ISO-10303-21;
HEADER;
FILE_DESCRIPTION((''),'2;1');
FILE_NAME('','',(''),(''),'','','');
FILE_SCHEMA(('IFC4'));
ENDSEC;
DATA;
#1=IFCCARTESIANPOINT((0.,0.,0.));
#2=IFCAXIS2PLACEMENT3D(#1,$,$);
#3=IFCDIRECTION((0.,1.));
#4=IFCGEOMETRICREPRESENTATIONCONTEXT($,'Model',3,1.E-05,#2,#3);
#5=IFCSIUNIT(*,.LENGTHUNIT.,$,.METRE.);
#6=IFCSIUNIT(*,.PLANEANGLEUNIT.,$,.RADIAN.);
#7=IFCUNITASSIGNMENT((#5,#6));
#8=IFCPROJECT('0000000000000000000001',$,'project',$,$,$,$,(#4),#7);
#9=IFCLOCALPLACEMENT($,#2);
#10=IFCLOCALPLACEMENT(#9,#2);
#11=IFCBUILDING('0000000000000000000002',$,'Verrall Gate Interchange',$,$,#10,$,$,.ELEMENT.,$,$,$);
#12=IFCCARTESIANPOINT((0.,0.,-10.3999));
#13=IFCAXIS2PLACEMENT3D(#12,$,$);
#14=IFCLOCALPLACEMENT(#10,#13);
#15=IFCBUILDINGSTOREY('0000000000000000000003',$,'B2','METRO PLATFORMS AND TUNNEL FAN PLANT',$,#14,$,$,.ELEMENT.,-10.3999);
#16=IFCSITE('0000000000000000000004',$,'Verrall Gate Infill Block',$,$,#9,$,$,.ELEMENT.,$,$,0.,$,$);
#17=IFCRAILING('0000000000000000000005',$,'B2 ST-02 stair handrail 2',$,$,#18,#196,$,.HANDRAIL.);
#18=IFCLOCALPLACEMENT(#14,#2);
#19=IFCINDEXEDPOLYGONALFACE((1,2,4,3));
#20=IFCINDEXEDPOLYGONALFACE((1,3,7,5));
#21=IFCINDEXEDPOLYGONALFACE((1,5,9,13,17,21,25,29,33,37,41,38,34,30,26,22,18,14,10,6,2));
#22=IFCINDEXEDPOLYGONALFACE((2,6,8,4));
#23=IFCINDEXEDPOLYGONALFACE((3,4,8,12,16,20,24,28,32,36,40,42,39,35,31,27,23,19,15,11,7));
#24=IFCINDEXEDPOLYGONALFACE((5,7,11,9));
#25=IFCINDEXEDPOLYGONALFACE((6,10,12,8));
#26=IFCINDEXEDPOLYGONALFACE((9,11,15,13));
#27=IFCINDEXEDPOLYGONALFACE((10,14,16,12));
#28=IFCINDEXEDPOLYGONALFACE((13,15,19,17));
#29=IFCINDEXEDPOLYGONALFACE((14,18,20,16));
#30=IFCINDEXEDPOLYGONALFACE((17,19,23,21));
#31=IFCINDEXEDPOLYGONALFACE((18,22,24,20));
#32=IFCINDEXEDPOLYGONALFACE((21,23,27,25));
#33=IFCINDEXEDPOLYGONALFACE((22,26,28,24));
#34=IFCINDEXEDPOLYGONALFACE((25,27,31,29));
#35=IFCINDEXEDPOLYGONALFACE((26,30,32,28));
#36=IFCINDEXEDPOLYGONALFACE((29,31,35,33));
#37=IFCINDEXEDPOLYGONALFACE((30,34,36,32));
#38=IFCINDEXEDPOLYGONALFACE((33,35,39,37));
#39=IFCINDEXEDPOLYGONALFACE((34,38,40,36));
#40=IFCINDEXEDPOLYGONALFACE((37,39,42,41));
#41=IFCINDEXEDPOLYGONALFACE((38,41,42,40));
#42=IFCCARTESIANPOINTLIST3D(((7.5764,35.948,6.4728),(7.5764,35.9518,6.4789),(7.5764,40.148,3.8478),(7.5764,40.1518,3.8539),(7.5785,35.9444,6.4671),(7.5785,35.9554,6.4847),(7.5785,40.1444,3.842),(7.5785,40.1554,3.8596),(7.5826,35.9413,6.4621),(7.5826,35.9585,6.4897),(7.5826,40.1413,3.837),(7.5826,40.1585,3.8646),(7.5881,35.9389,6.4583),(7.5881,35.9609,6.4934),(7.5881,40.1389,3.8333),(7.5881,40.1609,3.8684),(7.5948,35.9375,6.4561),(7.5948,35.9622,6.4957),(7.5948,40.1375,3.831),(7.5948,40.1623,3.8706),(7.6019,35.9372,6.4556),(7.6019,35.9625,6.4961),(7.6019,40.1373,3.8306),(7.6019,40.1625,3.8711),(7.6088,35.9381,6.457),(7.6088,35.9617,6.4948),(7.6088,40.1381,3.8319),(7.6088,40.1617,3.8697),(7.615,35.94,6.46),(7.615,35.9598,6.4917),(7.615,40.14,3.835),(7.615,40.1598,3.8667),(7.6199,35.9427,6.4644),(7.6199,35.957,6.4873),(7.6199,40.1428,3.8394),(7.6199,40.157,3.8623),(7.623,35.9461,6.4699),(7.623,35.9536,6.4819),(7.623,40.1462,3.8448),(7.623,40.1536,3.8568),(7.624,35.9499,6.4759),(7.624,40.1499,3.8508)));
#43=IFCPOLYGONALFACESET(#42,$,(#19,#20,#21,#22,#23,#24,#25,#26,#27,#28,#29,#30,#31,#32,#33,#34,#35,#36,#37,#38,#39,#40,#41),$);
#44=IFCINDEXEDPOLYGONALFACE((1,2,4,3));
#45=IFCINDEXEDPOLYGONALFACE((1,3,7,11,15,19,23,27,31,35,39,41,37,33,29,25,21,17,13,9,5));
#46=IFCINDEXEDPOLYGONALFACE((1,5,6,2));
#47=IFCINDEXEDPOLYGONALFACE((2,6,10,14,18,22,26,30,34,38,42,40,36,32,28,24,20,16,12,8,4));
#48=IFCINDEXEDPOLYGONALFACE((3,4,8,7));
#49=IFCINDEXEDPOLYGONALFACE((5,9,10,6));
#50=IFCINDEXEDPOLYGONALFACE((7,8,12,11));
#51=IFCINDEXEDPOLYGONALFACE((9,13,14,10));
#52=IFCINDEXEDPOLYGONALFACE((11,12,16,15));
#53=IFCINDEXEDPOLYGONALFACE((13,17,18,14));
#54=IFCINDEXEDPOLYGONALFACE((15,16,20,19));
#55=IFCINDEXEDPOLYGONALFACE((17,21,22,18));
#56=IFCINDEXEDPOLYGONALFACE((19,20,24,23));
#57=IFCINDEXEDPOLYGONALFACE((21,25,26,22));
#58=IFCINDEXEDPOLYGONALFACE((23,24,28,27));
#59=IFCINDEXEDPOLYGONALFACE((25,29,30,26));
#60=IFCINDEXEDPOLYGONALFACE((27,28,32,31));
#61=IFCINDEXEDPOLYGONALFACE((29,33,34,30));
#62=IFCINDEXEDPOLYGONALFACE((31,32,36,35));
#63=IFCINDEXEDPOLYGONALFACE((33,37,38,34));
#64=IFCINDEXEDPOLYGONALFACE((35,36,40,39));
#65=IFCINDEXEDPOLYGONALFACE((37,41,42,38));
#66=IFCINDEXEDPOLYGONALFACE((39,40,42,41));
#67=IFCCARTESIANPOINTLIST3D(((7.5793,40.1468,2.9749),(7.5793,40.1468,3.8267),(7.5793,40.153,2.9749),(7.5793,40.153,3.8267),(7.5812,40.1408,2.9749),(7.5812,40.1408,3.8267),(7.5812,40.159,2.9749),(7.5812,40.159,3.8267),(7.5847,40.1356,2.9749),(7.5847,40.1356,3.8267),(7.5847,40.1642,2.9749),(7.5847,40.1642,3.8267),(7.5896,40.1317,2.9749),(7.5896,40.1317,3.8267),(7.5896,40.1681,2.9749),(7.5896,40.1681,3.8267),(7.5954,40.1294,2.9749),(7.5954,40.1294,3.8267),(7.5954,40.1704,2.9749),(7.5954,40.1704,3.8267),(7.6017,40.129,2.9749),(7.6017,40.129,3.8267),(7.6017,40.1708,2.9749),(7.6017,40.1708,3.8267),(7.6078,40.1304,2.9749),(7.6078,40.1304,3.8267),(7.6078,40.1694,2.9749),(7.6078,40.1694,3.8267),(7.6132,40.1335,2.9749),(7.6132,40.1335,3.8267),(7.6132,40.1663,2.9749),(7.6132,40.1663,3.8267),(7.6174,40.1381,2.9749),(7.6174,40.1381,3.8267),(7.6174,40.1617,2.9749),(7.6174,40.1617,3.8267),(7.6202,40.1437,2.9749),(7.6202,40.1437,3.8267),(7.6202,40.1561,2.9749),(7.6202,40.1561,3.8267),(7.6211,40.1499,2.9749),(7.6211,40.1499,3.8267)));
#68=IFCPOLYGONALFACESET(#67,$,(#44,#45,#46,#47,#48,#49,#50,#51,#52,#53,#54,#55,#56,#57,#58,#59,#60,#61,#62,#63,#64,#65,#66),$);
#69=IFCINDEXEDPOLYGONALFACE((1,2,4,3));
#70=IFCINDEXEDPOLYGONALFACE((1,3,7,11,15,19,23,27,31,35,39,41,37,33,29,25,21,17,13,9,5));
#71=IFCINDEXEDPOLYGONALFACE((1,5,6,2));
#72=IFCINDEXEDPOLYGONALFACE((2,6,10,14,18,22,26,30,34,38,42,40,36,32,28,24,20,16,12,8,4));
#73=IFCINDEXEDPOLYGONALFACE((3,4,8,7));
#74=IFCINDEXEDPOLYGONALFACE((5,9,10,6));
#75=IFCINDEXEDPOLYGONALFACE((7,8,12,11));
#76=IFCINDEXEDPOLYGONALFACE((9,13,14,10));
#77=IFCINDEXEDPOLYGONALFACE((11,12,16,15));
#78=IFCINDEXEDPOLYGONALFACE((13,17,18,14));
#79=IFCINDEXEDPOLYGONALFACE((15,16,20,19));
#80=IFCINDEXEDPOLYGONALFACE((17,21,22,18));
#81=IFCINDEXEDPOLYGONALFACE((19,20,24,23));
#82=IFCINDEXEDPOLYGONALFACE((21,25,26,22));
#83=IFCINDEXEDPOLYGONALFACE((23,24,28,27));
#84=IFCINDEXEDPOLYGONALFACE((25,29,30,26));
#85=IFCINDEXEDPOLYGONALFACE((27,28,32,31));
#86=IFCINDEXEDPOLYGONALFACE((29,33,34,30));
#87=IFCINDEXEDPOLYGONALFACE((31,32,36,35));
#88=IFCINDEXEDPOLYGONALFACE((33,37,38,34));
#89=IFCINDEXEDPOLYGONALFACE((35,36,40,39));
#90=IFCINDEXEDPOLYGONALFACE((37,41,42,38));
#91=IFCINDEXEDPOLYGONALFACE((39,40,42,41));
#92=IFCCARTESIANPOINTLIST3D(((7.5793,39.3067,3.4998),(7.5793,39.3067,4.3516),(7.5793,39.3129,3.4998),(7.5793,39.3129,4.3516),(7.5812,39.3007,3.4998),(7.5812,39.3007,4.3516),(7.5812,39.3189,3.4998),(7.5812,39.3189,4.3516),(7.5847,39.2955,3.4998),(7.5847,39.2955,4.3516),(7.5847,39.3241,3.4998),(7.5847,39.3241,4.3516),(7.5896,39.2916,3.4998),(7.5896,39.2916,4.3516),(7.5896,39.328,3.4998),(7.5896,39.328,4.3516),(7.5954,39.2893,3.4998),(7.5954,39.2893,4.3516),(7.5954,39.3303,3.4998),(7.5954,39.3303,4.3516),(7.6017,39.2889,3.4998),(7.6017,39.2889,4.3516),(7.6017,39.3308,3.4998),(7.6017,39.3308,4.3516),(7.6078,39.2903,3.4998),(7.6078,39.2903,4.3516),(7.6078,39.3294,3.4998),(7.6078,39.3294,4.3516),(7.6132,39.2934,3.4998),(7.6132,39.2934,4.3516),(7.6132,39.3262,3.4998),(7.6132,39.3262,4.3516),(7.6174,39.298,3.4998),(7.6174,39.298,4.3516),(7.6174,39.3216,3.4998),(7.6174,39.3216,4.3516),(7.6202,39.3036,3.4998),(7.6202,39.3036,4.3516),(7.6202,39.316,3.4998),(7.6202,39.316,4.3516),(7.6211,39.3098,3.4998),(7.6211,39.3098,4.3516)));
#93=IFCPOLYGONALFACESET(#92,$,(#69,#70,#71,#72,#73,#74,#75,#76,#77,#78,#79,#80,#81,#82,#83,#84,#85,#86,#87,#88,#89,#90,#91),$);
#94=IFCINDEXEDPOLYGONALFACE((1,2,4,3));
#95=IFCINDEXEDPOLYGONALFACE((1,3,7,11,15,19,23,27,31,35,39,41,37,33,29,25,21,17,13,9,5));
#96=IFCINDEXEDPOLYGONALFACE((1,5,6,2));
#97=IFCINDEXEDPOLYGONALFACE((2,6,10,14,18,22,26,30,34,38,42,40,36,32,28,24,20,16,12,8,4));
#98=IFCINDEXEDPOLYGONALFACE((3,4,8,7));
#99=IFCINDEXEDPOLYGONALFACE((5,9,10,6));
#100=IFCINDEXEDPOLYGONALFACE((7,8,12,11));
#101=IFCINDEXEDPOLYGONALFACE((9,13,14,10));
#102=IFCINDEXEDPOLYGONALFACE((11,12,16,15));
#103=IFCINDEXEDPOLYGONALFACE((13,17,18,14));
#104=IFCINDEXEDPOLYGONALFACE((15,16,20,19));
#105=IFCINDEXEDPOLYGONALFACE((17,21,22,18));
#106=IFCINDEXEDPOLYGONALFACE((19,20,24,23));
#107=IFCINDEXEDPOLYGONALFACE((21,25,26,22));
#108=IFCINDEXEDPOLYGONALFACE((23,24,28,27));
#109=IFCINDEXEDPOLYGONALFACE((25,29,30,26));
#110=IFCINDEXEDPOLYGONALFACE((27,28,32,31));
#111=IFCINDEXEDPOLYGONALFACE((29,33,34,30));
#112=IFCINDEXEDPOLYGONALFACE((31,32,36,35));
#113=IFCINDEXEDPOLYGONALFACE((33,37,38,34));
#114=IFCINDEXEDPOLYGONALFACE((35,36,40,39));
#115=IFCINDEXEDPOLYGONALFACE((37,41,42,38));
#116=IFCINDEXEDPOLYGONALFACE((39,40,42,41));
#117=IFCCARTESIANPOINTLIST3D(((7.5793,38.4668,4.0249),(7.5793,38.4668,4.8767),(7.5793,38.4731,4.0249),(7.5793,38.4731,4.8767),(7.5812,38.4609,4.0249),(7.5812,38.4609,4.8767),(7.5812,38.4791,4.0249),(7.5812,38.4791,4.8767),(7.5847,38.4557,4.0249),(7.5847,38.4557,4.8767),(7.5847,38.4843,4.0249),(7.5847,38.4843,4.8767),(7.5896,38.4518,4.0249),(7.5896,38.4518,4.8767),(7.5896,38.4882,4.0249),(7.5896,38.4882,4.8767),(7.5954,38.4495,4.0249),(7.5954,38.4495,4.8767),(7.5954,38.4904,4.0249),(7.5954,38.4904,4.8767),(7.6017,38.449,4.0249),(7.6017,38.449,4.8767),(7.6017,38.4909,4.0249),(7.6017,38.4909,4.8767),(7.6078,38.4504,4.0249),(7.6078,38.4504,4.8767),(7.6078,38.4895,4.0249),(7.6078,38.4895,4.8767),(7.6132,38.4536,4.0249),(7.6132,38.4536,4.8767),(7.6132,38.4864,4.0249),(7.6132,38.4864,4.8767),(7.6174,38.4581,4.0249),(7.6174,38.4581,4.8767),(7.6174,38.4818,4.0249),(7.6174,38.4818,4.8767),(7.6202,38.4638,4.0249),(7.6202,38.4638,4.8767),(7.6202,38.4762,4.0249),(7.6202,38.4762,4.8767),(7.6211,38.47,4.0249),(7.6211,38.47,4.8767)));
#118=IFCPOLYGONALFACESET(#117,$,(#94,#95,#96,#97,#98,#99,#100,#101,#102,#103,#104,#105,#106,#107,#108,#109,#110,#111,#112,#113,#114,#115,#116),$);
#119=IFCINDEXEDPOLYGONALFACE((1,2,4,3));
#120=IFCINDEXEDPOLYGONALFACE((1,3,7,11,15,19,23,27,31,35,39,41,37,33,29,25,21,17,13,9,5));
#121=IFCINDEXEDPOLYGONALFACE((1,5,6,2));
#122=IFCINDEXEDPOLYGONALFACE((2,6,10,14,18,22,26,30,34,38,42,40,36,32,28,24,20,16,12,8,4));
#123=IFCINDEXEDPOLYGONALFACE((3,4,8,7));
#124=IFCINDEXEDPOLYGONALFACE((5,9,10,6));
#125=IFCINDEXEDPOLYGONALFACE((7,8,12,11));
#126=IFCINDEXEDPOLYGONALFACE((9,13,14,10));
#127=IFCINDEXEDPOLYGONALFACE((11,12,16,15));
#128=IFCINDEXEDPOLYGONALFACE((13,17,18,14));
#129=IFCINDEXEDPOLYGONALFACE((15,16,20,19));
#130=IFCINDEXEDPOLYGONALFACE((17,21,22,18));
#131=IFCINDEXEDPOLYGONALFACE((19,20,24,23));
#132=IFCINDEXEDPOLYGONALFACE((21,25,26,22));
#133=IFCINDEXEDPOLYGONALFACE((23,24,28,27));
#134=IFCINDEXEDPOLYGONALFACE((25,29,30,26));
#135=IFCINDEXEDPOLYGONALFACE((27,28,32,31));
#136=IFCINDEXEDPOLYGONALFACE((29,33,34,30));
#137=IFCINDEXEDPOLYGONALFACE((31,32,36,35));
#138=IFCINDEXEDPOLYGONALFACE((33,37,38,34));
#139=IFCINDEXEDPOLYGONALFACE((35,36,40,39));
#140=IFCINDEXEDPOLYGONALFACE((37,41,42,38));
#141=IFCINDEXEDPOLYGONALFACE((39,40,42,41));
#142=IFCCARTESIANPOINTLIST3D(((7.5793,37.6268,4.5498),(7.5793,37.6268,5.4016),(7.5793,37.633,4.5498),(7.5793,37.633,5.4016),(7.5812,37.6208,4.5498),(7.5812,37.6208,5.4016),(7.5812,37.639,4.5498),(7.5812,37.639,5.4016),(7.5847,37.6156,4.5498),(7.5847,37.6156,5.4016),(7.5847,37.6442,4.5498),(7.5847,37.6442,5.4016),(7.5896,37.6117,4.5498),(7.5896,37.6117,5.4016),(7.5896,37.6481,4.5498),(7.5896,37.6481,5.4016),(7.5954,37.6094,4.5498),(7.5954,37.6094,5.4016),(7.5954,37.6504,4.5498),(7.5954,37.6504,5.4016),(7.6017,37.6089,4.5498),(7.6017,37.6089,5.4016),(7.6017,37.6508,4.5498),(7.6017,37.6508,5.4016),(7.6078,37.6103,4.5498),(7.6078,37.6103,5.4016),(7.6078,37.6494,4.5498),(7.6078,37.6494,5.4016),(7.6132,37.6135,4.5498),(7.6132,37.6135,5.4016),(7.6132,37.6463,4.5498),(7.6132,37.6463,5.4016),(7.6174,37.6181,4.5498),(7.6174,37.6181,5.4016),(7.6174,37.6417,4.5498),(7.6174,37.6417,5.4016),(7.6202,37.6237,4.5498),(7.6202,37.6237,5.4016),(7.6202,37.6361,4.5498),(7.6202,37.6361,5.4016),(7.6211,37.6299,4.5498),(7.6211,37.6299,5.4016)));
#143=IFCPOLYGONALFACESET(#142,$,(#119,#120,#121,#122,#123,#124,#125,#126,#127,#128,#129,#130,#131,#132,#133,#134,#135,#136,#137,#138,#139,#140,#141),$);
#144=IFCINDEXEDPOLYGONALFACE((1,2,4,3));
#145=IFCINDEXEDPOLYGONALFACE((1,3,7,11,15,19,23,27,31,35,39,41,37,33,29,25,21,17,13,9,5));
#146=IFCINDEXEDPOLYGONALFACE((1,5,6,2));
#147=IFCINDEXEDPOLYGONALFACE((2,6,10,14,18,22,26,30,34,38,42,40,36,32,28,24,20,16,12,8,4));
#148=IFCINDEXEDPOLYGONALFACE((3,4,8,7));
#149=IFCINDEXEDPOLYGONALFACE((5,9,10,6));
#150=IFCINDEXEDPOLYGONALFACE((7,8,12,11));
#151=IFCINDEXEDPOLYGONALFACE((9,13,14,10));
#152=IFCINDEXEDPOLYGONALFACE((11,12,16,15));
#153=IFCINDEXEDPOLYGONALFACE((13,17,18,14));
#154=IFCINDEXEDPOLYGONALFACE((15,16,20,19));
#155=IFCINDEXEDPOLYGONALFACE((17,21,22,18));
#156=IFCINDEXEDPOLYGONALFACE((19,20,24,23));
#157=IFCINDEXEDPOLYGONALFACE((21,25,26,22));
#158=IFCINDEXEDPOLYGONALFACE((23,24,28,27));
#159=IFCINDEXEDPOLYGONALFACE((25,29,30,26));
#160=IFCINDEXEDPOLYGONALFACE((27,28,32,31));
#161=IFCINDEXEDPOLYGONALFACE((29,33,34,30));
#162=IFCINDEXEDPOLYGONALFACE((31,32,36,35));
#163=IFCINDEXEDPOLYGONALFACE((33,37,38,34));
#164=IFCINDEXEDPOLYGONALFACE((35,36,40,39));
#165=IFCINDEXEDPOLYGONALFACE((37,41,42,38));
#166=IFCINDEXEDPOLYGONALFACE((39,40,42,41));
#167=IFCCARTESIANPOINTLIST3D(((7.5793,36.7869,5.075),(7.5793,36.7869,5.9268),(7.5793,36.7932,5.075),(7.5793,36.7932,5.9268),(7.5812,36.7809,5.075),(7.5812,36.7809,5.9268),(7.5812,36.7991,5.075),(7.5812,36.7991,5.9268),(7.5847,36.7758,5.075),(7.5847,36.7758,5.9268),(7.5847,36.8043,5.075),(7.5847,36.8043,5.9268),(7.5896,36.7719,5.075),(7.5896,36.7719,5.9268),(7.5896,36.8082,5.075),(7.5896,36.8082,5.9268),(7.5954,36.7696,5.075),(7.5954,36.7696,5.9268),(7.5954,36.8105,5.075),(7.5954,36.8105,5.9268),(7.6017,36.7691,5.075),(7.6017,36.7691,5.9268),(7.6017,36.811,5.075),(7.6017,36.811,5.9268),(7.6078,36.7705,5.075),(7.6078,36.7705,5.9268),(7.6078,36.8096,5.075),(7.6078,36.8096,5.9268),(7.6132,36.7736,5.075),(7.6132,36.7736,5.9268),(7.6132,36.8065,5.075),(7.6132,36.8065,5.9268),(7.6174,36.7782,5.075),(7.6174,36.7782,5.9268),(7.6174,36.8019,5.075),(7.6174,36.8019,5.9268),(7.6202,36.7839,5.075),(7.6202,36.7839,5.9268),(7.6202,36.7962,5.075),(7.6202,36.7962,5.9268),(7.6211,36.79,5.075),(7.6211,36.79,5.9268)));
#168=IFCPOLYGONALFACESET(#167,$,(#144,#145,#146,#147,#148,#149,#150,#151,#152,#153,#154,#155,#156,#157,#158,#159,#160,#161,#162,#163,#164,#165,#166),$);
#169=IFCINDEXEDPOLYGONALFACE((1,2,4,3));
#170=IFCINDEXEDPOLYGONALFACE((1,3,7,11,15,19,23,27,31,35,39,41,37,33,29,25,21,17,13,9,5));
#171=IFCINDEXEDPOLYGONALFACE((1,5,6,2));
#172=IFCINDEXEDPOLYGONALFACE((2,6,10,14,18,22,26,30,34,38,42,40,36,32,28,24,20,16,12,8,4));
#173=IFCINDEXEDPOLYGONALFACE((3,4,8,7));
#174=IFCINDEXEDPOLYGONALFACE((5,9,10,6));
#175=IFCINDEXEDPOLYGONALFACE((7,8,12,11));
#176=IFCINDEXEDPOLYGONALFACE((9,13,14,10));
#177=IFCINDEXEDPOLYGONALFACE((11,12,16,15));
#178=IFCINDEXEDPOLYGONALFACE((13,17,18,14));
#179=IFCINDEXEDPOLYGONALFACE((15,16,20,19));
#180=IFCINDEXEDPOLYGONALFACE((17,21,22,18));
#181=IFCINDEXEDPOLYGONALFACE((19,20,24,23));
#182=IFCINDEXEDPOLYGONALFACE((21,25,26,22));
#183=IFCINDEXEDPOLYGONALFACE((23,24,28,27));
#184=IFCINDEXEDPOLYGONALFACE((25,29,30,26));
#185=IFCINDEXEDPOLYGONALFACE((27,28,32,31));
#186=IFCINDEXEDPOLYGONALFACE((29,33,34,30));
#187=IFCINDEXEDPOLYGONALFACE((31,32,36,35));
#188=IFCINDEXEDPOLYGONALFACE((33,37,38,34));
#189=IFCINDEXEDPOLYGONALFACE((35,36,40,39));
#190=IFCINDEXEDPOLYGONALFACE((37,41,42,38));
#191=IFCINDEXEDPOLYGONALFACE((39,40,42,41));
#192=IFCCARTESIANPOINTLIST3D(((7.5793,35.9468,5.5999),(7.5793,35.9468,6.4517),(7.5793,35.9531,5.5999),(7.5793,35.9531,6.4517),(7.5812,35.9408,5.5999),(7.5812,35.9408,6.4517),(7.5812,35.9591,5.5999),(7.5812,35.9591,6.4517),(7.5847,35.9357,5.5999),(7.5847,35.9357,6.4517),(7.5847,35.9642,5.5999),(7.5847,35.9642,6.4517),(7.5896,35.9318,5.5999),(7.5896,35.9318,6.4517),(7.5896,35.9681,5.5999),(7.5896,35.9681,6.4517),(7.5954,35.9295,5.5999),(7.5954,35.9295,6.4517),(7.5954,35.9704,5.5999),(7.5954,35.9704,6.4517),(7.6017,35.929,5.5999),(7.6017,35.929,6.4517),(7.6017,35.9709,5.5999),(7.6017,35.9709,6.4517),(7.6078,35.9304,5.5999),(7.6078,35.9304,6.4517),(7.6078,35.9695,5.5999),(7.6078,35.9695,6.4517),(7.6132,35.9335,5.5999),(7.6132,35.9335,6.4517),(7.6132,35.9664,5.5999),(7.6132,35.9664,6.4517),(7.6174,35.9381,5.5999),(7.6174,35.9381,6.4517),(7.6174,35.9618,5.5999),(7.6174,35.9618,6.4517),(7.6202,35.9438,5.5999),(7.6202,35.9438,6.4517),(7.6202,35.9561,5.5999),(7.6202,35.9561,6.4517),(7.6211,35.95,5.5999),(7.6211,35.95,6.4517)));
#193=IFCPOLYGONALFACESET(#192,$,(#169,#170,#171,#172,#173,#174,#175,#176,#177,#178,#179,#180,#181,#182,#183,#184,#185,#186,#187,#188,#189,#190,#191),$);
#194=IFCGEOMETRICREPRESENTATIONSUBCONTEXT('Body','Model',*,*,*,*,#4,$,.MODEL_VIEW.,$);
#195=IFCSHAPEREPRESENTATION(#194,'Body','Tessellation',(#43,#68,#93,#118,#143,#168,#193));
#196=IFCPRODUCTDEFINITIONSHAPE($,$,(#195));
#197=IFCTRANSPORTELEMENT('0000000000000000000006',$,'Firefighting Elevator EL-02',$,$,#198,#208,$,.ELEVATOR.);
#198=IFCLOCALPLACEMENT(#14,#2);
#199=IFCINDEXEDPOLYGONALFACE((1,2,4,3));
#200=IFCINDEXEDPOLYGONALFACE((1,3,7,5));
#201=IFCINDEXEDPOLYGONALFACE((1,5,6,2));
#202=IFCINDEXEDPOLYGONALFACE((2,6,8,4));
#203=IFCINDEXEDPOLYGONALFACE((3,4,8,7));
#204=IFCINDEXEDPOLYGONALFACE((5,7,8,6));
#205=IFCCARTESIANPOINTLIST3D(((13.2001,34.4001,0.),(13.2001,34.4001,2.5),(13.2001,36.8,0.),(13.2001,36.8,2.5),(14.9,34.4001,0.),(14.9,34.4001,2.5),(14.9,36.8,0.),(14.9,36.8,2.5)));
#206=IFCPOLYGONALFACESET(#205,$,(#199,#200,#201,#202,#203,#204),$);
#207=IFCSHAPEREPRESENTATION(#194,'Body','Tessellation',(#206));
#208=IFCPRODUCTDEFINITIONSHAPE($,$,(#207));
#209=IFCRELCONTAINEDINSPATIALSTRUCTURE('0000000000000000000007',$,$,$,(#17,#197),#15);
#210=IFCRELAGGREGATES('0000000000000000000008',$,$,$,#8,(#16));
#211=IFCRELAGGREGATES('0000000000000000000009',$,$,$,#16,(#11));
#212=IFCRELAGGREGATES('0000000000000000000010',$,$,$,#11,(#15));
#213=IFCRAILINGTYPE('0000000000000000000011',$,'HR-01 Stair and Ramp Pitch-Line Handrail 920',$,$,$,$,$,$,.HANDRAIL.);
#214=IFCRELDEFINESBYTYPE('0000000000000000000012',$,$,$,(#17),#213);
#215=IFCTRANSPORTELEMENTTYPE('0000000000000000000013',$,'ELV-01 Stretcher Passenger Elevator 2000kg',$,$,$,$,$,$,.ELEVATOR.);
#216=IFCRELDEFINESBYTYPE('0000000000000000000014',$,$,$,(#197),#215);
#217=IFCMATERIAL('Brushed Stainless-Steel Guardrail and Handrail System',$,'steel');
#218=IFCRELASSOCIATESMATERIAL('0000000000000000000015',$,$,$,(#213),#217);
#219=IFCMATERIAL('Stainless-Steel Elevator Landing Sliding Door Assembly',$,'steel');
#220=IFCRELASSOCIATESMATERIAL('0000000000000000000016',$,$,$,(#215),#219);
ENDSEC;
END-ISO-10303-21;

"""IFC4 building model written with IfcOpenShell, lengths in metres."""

from ifc_helpers import new_model, si_unit, direction, frame, origin, origin_2d, place, context, subcontext, project, spatial, rectangle, circle, extrude, material, type_object, element, save


model = new_model("IFC4")

# Units and contexts
model_context = context("Model", 3, precision=1e-05, world=origin(), true_north=direction((0.0, 1.0)))
body_context = subcontext(model_context, "Body", "Model", "MODEL_VIEW")
ifc_project = project(units=[si_unit("LENGTHUNIT", "METRE"), si_unit("PLANEANGLEUNIT", "RADIAN")], contexts=[model_context])

# Site, building, storey
site_placement = place(None, origin())
site = spatial("IfcSite", under=ifc_project, at=site_placement, Name="Verrall Gate Infill Block", CompositionType="ELEMENT", RefElevation=0.0)
building_placement = place(site_placement, origin())
building = spatial("IfcBuilding", under=site, at=building_placement, Name="Verrall Gate Interchange", CompositionType="ELEMENT")
storey_placement = place(building_placement, frame((0.0, 0.0, -10.3999)))
storey = spatial("IfcBuildingStorey", under=building, at=storey_placement, Name="B2", Description="METRO PLATFORMS AND TUNNEL FAN PLANT", CompositionType="ELEMENT", Elevation=-10.3999)

# Railing
ifc_material_1 = material(Name="Brushed Stainless-Steel Guardrail and Handrail System", Category="steel")
railing_type_1 = type_object("IfcRailingType", Name="HR-01 Stair and Ramp Pitch-Line Handrail 920", PredefinedType="HANDRAIL", material=ifc_material_1)
railing_1_placement = place(storey_placement, frame((7.6001, 40.1499, 2.9749)))
element("IfcRailing", 1, at=railing_1_placement, inside=storey, type_object=railing_type_1, Name="B2 ST-02 stair handrail 2", PredefinedType="HANDRAIL", context=body_context, shape_type="SweptSolid", body=[
    extrude(circle(Radius=0.0239, at=origin_2d()), frame((0.0, 0.0, 0.876), z_axis=(0.0, -0.847996, 0.530003), x_axis=(1.0, 0.0, 0.0)), (0.0, 0.0, 1.0), 4.9529),
    extrude(circle(Radius=0.021, at=origin_2d()), origin(), (0.0, 0.0, 1.0), 0.8518),
    extrude(circle(Radius=0.021, at=origin_2d()), frame((0.0, -0.8401, 0.5249)), (0.0, 0.0, 1.0), 0.8518),
    extrude(circle(Radius=0.021, at=origin_2d()), frame((0.0, -1.6799, 1.05)), (0.0, 0.0, 1.0), 0.8518),
    extrude(circle(Radius=0.021, at=origin_2d()), frame((0.0, -2.52, 1.575)), (0.0, 0.0, 1.0), 0.8518),
    extrude(circle(Radius=0.021, at=origin_2d()), frame((0.0, -3.3599, 2.1001)), (0.0, 0.0, 1.0), 0.8518),
    extrude(circle(Radius=0.021, at=origin_2d()), frame((0.0, -4.2, 2.625)), (0.0, 0.0, 1.0), 0.8518),
])

# Transport element
ifc_material_2 = material(Name="Stainless-Steel Elevator Landing Sliding Door Assembly", Category="steel")
transport_element_type = type_object("IfcTransportElementType", Name="ELV-01 Stretcher Passenger Elevator 2000kg", PredefinedType="ELEVATOR", material=ifc_material_2)
transport_element_placement = place(storey_placement, frame((14.05, 35.6001, 0.0), z_axis=(0.0, 0.0, 1.0), x_axis=(1.0, 0.0, 0.0)))
element("IfcTransportElement", 2, at=transport_element_placement, inside=storey, type_object=transport_element_type, Name="Firefighting Elevator EL-02", PredefinedType="ELEVATOR", context=body_context, shape_type="SweptSolid", body=[
    extrude(rectangle(XDim=1.7, YDim=2.3999, at=origin_2d()), origin(), (0.0, 0.0, 1.0), 2.5),
])

save(model, "model.ifc")
